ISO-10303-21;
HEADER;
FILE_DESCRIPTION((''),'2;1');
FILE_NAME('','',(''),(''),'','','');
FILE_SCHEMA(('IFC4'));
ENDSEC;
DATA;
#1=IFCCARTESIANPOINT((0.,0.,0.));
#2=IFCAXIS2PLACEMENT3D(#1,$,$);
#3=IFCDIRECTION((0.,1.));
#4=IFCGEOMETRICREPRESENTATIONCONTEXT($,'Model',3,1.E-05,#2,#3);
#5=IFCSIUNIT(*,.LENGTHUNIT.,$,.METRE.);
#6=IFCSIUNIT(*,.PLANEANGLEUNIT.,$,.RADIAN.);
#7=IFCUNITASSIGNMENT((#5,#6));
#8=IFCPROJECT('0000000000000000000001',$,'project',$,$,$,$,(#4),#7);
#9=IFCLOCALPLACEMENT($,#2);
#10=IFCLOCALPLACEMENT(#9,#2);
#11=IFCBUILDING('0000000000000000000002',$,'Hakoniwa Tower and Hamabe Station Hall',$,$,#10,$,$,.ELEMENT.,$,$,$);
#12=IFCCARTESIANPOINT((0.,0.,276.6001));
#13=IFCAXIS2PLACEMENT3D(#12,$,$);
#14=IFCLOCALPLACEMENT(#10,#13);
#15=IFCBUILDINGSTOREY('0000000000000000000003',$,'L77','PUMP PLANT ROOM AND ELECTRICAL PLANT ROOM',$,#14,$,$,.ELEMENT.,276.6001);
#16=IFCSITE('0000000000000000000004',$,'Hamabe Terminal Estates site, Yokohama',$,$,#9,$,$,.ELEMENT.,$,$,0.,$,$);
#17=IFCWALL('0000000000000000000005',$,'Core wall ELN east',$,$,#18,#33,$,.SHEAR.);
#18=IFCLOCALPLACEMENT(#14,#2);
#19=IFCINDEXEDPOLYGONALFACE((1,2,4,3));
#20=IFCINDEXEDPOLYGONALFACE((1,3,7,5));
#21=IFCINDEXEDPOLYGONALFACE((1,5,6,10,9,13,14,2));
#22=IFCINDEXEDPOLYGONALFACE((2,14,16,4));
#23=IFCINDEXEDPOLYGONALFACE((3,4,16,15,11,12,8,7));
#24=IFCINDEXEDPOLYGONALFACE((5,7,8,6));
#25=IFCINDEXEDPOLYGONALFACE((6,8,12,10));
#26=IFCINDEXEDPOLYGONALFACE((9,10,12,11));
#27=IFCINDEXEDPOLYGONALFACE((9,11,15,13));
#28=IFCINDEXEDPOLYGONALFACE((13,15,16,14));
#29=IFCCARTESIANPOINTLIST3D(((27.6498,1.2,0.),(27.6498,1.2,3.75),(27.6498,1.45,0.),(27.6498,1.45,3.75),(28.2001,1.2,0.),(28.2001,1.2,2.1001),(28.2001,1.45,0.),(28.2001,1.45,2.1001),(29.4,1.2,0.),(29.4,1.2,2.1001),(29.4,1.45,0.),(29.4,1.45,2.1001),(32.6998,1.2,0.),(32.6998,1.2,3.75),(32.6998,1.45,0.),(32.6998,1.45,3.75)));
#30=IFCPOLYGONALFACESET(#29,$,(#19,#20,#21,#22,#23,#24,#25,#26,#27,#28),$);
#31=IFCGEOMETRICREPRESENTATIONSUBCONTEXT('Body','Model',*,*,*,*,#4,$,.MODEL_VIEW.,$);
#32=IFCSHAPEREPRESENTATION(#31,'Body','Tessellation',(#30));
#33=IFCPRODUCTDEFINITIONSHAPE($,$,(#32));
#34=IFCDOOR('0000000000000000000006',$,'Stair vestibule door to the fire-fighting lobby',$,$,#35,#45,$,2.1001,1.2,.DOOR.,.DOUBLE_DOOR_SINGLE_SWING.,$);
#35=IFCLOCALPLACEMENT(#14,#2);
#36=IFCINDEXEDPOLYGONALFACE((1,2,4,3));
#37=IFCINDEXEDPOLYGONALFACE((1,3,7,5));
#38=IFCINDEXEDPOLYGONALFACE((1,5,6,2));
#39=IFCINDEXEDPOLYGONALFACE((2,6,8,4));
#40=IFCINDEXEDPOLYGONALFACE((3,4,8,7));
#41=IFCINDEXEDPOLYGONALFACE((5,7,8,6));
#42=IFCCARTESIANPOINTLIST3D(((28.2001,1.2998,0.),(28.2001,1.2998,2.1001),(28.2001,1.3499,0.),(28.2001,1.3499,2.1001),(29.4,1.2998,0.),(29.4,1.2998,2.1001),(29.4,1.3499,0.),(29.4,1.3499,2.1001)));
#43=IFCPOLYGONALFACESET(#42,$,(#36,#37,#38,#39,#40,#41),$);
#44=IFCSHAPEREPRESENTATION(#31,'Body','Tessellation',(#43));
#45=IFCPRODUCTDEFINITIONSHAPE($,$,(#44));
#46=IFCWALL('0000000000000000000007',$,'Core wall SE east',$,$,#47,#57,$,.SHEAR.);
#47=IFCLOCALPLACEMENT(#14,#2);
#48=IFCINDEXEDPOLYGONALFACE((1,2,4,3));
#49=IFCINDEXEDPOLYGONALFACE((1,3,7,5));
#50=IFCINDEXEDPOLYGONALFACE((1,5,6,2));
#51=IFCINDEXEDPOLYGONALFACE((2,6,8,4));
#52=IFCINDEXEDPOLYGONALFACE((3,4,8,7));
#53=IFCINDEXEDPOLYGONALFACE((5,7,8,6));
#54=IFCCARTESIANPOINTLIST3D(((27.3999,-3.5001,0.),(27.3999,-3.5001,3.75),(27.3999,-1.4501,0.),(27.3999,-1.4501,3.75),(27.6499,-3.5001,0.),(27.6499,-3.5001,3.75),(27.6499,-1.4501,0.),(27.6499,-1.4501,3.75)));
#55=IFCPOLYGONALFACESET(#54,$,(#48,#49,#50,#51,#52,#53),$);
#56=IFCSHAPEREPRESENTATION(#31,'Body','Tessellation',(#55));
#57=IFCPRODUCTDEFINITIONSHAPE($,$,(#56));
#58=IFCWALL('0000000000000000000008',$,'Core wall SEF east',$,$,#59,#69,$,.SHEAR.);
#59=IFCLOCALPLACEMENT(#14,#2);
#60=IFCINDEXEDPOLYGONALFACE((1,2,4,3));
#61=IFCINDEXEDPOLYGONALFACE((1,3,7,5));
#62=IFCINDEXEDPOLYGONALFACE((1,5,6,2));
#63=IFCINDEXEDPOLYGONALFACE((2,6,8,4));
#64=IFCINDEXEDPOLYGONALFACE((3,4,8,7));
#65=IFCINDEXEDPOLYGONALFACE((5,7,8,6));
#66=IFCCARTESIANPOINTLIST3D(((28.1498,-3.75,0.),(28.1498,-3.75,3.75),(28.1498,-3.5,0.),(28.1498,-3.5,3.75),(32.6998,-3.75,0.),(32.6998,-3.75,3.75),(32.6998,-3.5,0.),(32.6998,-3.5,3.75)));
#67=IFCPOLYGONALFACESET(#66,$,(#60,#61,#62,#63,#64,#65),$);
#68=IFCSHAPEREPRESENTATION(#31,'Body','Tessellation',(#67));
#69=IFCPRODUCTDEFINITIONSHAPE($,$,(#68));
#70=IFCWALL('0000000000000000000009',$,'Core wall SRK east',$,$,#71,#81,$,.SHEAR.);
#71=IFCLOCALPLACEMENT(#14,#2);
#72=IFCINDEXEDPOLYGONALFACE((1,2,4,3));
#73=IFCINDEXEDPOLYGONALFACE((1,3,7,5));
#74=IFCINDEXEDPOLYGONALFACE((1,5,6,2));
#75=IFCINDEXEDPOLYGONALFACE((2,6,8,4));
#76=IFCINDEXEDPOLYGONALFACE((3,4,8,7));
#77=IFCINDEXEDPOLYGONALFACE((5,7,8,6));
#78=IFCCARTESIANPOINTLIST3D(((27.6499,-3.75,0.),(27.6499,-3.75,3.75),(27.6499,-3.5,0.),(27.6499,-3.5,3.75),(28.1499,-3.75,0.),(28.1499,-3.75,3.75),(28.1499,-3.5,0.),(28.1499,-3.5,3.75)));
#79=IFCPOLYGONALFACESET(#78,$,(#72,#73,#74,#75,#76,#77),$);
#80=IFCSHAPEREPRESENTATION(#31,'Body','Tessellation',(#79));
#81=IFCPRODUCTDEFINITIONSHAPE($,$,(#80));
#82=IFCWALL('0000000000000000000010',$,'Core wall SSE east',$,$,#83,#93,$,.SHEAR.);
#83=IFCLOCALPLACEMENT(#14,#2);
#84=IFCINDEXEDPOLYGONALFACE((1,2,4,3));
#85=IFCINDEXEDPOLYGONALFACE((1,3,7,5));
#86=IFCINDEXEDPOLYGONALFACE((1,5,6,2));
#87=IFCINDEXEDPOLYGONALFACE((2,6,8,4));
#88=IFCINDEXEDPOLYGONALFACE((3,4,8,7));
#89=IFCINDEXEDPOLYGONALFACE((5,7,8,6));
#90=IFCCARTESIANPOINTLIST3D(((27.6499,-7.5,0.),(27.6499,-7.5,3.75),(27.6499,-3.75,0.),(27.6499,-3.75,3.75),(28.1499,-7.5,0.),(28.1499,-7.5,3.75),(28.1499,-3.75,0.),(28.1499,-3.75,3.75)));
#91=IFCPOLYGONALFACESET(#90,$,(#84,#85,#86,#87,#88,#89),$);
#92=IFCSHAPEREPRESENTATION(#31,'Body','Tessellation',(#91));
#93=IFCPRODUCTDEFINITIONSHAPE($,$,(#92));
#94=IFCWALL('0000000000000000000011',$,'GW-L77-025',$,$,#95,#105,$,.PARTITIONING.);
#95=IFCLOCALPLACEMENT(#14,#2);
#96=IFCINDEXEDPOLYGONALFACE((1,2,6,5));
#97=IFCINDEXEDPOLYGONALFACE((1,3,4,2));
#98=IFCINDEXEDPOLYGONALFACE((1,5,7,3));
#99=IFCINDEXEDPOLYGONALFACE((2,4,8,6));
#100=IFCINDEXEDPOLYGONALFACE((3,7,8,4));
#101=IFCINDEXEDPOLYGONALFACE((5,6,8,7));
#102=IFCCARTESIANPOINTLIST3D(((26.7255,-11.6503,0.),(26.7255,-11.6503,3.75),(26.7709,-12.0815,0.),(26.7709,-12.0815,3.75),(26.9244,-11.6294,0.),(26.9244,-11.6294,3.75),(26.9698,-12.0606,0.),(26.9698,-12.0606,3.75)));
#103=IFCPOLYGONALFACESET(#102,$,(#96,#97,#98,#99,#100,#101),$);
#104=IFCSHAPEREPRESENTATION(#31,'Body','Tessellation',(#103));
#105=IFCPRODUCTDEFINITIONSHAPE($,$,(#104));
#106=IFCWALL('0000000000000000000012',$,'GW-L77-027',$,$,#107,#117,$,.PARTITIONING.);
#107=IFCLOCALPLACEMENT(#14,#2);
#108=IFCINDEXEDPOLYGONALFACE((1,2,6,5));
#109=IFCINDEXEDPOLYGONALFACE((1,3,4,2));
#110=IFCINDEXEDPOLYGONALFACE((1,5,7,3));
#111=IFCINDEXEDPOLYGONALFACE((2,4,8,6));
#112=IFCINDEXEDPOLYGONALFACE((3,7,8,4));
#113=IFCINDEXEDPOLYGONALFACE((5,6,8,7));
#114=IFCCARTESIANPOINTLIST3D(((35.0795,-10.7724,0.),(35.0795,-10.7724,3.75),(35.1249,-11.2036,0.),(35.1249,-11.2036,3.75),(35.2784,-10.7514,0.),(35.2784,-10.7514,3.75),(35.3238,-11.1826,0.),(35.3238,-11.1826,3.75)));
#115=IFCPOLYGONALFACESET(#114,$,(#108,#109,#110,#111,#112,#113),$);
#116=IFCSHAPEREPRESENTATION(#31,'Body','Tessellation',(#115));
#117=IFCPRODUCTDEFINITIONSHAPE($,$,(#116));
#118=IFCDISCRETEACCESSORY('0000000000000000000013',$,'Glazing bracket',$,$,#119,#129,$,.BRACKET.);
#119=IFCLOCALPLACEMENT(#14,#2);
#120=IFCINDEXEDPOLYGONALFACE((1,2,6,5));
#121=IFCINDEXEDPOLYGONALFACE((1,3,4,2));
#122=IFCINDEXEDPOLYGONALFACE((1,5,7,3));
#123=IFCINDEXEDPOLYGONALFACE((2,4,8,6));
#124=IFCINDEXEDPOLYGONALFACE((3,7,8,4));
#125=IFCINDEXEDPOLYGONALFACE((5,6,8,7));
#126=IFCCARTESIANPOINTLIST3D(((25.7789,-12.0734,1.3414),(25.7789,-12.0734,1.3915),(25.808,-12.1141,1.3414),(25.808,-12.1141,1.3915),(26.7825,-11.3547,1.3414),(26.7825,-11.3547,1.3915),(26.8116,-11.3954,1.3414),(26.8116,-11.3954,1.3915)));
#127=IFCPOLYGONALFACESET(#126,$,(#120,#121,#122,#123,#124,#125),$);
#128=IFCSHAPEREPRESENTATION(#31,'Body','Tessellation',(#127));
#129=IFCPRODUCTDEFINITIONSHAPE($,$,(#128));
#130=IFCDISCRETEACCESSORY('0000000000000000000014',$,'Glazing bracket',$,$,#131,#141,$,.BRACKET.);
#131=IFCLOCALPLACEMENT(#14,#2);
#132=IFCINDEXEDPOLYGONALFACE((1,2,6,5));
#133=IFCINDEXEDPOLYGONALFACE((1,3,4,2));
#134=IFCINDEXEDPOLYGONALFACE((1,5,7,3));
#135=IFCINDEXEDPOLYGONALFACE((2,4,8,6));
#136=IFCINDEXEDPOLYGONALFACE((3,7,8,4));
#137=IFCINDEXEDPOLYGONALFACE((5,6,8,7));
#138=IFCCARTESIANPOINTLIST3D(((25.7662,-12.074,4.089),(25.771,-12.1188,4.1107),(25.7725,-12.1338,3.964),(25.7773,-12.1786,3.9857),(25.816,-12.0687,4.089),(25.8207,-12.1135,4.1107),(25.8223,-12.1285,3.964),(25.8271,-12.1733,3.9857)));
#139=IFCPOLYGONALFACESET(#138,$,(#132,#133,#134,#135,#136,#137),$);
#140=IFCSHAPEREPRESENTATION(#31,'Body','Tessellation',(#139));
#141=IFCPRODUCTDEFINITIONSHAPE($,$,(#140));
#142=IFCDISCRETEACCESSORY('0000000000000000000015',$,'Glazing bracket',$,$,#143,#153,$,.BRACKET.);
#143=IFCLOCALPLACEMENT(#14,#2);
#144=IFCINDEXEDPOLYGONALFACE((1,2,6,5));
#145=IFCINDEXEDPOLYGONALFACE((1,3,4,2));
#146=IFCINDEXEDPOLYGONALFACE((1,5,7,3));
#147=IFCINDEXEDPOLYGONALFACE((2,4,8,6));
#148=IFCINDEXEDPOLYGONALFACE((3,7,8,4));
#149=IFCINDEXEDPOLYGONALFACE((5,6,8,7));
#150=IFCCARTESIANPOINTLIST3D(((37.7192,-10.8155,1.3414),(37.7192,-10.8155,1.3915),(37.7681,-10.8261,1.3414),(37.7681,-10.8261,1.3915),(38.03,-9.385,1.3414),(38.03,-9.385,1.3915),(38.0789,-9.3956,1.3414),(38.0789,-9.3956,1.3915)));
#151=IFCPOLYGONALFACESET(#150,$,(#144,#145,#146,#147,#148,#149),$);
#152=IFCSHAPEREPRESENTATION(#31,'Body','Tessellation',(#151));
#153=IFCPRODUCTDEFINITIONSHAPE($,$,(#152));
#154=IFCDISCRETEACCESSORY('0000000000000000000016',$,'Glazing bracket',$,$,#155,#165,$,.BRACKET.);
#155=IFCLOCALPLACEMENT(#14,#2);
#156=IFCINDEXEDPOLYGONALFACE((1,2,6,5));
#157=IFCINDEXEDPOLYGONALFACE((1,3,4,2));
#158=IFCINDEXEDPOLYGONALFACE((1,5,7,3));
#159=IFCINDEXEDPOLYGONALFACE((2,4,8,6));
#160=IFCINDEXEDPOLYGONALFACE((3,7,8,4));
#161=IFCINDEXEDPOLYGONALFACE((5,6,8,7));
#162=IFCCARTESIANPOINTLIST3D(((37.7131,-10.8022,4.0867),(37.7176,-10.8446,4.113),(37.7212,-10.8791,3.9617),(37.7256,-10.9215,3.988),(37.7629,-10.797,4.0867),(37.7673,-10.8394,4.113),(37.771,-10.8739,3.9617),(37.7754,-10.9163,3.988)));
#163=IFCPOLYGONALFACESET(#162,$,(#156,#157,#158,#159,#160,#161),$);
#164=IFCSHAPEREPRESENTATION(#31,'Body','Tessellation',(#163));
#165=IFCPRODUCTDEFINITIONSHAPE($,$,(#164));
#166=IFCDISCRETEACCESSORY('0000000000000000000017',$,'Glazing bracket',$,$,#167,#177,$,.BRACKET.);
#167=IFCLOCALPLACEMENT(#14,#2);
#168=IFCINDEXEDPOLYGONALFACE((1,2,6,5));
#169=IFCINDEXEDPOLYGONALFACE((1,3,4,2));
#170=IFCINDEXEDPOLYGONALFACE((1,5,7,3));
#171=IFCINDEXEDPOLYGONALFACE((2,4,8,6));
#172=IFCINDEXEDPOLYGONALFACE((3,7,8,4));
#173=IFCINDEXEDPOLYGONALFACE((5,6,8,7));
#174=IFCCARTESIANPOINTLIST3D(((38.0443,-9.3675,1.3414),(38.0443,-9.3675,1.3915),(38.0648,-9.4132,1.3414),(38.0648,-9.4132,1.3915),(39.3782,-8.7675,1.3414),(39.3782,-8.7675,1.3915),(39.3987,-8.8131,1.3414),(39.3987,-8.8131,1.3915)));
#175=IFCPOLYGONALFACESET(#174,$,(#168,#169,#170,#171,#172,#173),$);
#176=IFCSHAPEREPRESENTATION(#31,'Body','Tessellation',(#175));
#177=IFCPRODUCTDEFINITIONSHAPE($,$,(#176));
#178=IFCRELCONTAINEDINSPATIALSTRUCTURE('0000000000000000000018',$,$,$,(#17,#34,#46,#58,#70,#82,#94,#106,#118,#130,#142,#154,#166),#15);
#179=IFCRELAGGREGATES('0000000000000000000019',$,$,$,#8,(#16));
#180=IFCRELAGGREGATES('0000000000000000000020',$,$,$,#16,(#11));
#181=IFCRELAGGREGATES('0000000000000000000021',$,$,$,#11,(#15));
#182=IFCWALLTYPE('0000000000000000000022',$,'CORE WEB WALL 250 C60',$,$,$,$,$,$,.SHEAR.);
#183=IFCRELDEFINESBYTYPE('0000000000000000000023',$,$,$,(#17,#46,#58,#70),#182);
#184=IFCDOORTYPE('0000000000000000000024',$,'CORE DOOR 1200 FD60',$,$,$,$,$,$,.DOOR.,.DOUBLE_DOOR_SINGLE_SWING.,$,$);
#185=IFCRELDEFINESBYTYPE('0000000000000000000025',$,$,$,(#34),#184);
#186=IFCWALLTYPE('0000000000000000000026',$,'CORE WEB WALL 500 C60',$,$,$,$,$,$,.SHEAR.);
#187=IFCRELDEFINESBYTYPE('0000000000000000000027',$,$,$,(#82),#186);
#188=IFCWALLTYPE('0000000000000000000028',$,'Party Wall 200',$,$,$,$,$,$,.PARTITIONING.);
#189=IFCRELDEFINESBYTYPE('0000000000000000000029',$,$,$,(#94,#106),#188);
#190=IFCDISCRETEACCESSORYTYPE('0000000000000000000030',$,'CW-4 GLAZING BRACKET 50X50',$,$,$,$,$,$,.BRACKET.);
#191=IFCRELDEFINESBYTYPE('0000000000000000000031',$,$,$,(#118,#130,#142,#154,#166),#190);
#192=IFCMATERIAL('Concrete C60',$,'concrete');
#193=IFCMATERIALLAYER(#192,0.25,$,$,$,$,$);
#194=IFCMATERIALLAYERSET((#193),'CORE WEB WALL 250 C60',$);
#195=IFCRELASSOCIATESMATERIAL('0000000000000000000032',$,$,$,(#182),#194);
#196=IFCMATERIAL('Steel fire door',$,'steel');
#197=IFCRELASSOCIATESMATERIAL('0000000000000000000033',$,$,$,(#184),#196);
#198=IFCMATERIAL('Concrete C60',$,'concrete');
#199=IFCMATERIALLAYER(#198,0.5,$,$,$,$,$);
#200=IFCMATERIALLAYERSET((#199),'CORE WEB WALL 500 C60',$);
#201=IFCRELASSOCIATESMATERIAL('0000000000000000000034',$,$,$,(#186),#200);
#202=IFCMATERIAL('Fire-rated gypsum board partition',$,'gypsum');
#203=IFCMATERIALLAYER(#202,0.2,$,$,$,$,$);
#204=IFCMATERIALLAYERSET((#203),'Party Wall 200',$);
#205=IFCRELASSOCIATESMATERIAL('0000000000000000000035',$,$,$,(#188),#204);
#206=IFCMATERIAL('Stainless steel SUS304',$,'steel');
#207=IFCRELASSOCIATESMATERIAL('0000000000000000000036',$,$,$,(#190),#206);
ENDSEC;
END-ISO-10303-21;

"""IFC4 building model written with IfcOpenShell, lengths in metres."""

from ifc_helpers import new_model, si_unit, direction, frame, frame_2d, origin, origin_2d, place, context, subcontext, project, spatial, rectangle, extrude, material, layer, layer_set, material_profile, profile_set, type_object, element, fill, save


model = new_model("IFC4")

# Units and contexts
model_context = context("Model", 3, precision=1e-05, world=origin(), true_north=direction((0.0, 1.0)))
body_context = subcontext(model_context, "Body", "Model", "MODEL_VIEW")
ifc_project = project(units=[si_unit("LENGTHUNIT", "METRE"), si_unit("PLANEANGLEUNIT", "RADIAN")], contexts=[model_context])

# Site, building, storey
site_placement = place(None, origin())
site = spatial("IfcSite", under=ifc_project, at=site_placement, Name="Hamabe Terminal Estates site, Yokohama", CompositionType="ELEMENT", RefElevation=0.0)
building_placement = place(site_placement, origin())
building = spatial("IfcBuilding", under=site, at=building_placement, Name="Hakoniwa Tower and Hamabe Station Hall", CompositionType="ELEMENT")
storey_placement = place(building_placement, frame((0.0, 0.0, 276.6001)))
storey = spatial("IfcBuildingStorey", under=building, at=storey_placement, Name="L77", Description="PUMP PLANT ROOM AND ELECTRICAL PLANT ROOM", CompositionType="ELEMENT", Elevation=276.6001)

# Wall, opening, door
ifc_material_1 = material(Name="Concrete C60", Category="concrete")
ifc_layer_1 = layer(ifc_material_1, 0.25)
ifc_layer_set_1 = layer_set([ifc_layer_1], Name="CORE WEB WALL 250 C60")
wall_type_1 = type_object("IfcWallType", Name="CORE WEB WALL 250 C60", PredefinedType="SHEAR", material=ifc_layer_set_1)
wall_1_placement = place(storey_placement, frame((27.6499, 1.325, 0.0), z_axis=(0.0, 0.0, 1.0), x_axis=(1.0, 0.0, 0.0)))
wall_1 = element("IfcWall", 1, at=wall_1_placement, inside=storey, type_object=wall_type_1, Name="Core wall ELN east", PredefinedType="SHEAR", context=body_context, shape_type="SweptSolid", body=[
    extrude(rectangle(XDim=5.05, YDim=0.25, at=frame_2d((2.5249, 0.0))), origin(), (0.0, 0.0, 1.0), 3.75),
])
opening_1_placement = place(wall_1_placement, frame((0.55, 0.0, 0.0)))
opening_1 = element("IfcOpeningElement", 2, at=opening_1_placement, cuts=wall_1, PredefinedType="OPENING", context=body_context, shape_type="SweptSolid", body=[
    extrude(rectangle(XDim=1.2, YDim=2.1001, at=frame_2d((0.6001, 1.05))), frame((0.0, 0.135, 0.0), z_axis=(0.0, -1.0, 0.0), x_axis=(1.0, 0.0, 0.0)), (0.0, 0.0, 1.0), 0.27),
])
ifc_material_2 = material(Name="Steel fire door", Category="steel")
door_type_1 = type_object("IfcDoorType", Name="CORE DOOR 1200 FD60", OperationType="DOUBLE_DOOR_SINGLE_SWING", PredefinedType="DOOR", material=ifc_material_2)
door_1_placement = place(opening_1_placement, origin())
door_1 = element("IfcDoor", 3, at=door_1_placement, inside=storey, type_object=door_type_1, Name="Stair vestibule door to the fire-fighting lobby", OperationType="DOUBLE_DOOR_SINGLE_SWING", OverallHeight=2.1001, OverallWidth=1.2, PredefinedType="DOOR", context=body_context, shape_type="SweptSolid", body=[
    extrude(rectangle(XDim=1.2, YDim=2.1001, at=frame_2d((0.6001, 1.05))), frame((0.0, 0.0249, 0.0), z_axis=(0.0, -1.0, 0.0), x_axis=(1.0, 0.0, 0.0)), (0.0, 0.0, 1.0), 0.05),
])
fill(opening_1, door_1)

# Walls
wall_2_placement = place(storey_placement, frame((27.5249, -3.5, 0.0), z_axis=(0.0, 0.0, 1.0), x_axis=(0.0, 1.0, 0.0)))
element("IfcWall", 4, at=wall_2_placement, inside=storey, type_object=wall_type_1, Name="Core wall SE east", PredefinedType="SHEAR", context=body_context, shape_type="SweptSolid", body=[
    extrude(rectangle(XDim=2.05, YDim=0.25, at=frame_2d((1.0249, 0.0))), origin(), (0.0, 0.0, 1.0), 3.75),
])
wall_3_placement = place(storey_placement, frame((28.1499, -3.625, 0.0), z_axis=(0.0, 0.0, 1.0), x_axis=(1.0, 0.0, 0.0)))
element("IfcWall", 5, at=wall_3_placement, inside=storey, type_object=wall_type_1, Name="Core wall SEF east", PredefinedType="SHEAR", context=body_context, shape_type="SweptSolid", body=[
    extrude(rectangle(XDim=4.55, YDim=0.25, at=frame_2d((2.2749, 0.0))), origin(), (0.0, 0.0, 1.0), 3.75),
])
wall_4_placement = place(storey_placement, frame((27.6499, -3.625, 0.0), z_axis=(0.0, 0.0, 1.0), x_axis=(1.0, 0.0, 0.0)))
element("IfcWall", 6, at=wall_4_placement, inside=storey, type_object=wall_type_1, Name="Core wall SRK east", PredefinedType="SHEAR", context=body_context, shape_type="SweptSolid", body=[
    extrude(rectangle(XDim=0.5, YDim=0.25, at=frame_2d((0.25, 0.0))), origin(), (0.0, 0.0, 1.0), 3.75),
])
ifc_material_3 = material(Name="Concrete C60", Category="concrete")
ifc_layer_2 = layer(ifc_material_3, 0.5)
ifc_layer_set_2 = layer_set([ifc_layer_2], Name="CORE WEB WALL 500 C60")
wall_type_2 = type_object("IfcWallType", Name="CORE WEB WALL 500 C60", PredefinedType="SHEAR", material=ifc_layer_set_2)
wall_5_placement = place(storey_placement, frame((27.8999, -7.5, 0.0), z_axis=(0.0, 0.0, 1.0), x_axis=(0.0, 1.0, 0.0)))
element("IfcWall", 7, at=wall_5_placement, inside=storey, type_object=wall_type_2, Name="Core wall SSE east", PredefinedType="SHEAR", context=body_context, shape_type="SweptSolid", body=[
    extrude(rectangle(XDim=3.75, YDim=0.5, at=frame_2d((1.875, 0.0))), origin(), (0.0, 0.0, 1.0), 3.75),
])
ifc_material_4 = material(Name="Fire-rated gypsum board partition", Category="gypsum")
ifc_layer_3 = layer(ifc_material_4, 0.2)
ifc_layer_set_3 = layer_set([ifc_layer_3], Name="Party Wall 200")
wall_type_3 = type_object("IfcWallType", Name="Party Wall 200", PredefinedType="PARTITIONING", material=ifc_layer_set_3)
for number, where, z_axis, x_axis, name in (
    (8, (26.8704, -12.071, 0.0), (0.0, 0.0, 1.0), (-0.104743, 0.994499, 0.0), "GW-L77-025"),
    (9, (35.2244, -11.1931, 0.0), (0.0, 0.0, 1.0), (-0.104743, 0.994499, 0.0), "GW-L77-027"),
):
    element("IfcWall", number, at=place(storey_placement, frame(where, z_axis=z_axis, x_axis=x_axis)), inside=storey, type_object=wall_type_3, Name=name, PredefinedType="PARTITIONING", context=body_context, shape_type="SweptSolid", body=[
        extrude(rectangle(XDim=0.4336, YDim=0.2, at=frame_2d((0.2168, 0.0))), origin(), (0.0, 0.0, 1.0), 3.75),
    ])

# Discrete accessories
ifc_material_5 = material(Name="Stainless steel SUS304", Category="steel")
ifc_material_profile_1 = material_profile(ifc_material_5, rectangle(XDim=0.05, YDim=0.05, at=origin_2d()), Name="CW-4 GLAZING BRACKET 50X50")
ifc_profile_set_1 = profile_set([ifc_material_profile_1], Name="Stainless steel SUS304")
discrete_accessory_type = type_object("IfcDiscreteAccessoryType", Name="CW-4 GLAZING BRACKET 50X50", PredefinedType="BRACKET", material=ifc_profile_set_1)
discrete_accessory_1_placement = place(storey_placement, frame((25.7935, -12.0938, 1.3665), z_axis=(0.813025, 0.582229, 0.0), x_axis=(-0.582229, 0.813025, 0.0)))
element("IfcDiscreteAccessory", 10, at=discrete_accessory_1_placement, inside=storey, type_object=discrete_accessory_type, Name="Glazing bracket", PredefinedType="BRACKET", context=body_context, shape_type="SweptSolid", body=[
    extrude(rectangle(XDim=0.05, YDim=0.05, at=origin_2d()), origin(), (0.0, 0.0, 1.0), 1.2344),
])
discrete_accessory_2_placement = place(storey_placement, frame((25.7935, -12.0938, 4.0999), z_axis=(0.045759, -0.43119, -0.9011), x_axis=(0.994416, 0.10553, 0.0)))
element("IfcDiscreteAccessory", 11, at=discrete_accessory_2_placement, inside=storey, type_object=discrete_accessory_type, Name="Glazing bracket", PredefinedType="BRACKET", context=body_context, shape_type="SweptSolid", body=[
    extrude(rectangle(XDim=0.05, YDim=0.05, at=origin_2d()), origin(), (0.0, 0.0, 1.0), 0.1387),
])
discrete_accessory_3_placement = place(storey_placement, frame((37.7437, -10.8208, 1.3665), z_axis=(0.212319, 0.9772, 0.0), x_axis=(-0.9772, 0.212319, 0.0)))
element("IfcDiscreteAccessory", 12, at=discrete_accessory_3_placement, inside=storey, type_object=discrete_accessory_type, Name="Glazing bracket", PredefinedType="BRACKET", context=body_context, shape_type="SweptSolid", body=[
    extrude(rectangle(XDim=0.05, YDim=0.05, at=origin_2d()), origin(), (0.0, 0.0, 1.0), 1.4639),
])
discrete_accessory_4_placement = place(storey_placement, frame((37.7402, -10.8208, 4.0999), z_axis=(0.054813, -0.523217, -0.850435), x_axis=(0.994557, 0.104192, 0.0)))
element("IfcDiscreteAccessory", 13, at=discrete_accessory_4_placement, inside=storey, type_object=discrete_accessory_type, Name="Glazing bracket", PredefinedType="BRACKET", context=body_context, shape_type="SweptSolid", body=[
    extrude(rectangle(XDim=0.05, YDim=0.05, at=origin_2d()), origin(), (0.0, 0.0, 1.0), 0.147),
])
discrete_accessory_5_placement = place(storey_placement, frame((39.3884, -8.7903, 1.3665), z_axis=(-0.911971, -0.410254, 0.0), x_axis=(0.410254, -0.911971, 0.0)))
element("IfcDiscreteAccessory", 14, at=discrete_accessory_5_placement, inside=storey, type_object=discrete_accessory_type, Name="Glazing bracket", PredefinedType="BRACKET", context=body_context, shape_type="SweptSolid", body=[
    extrude(rectangle(XDim=0.05, YDim=0.05, at=origin_2d()), origin(), (0.0, 0.0, 1.0), 1.4626),
])

save(model, "model.ifc")
